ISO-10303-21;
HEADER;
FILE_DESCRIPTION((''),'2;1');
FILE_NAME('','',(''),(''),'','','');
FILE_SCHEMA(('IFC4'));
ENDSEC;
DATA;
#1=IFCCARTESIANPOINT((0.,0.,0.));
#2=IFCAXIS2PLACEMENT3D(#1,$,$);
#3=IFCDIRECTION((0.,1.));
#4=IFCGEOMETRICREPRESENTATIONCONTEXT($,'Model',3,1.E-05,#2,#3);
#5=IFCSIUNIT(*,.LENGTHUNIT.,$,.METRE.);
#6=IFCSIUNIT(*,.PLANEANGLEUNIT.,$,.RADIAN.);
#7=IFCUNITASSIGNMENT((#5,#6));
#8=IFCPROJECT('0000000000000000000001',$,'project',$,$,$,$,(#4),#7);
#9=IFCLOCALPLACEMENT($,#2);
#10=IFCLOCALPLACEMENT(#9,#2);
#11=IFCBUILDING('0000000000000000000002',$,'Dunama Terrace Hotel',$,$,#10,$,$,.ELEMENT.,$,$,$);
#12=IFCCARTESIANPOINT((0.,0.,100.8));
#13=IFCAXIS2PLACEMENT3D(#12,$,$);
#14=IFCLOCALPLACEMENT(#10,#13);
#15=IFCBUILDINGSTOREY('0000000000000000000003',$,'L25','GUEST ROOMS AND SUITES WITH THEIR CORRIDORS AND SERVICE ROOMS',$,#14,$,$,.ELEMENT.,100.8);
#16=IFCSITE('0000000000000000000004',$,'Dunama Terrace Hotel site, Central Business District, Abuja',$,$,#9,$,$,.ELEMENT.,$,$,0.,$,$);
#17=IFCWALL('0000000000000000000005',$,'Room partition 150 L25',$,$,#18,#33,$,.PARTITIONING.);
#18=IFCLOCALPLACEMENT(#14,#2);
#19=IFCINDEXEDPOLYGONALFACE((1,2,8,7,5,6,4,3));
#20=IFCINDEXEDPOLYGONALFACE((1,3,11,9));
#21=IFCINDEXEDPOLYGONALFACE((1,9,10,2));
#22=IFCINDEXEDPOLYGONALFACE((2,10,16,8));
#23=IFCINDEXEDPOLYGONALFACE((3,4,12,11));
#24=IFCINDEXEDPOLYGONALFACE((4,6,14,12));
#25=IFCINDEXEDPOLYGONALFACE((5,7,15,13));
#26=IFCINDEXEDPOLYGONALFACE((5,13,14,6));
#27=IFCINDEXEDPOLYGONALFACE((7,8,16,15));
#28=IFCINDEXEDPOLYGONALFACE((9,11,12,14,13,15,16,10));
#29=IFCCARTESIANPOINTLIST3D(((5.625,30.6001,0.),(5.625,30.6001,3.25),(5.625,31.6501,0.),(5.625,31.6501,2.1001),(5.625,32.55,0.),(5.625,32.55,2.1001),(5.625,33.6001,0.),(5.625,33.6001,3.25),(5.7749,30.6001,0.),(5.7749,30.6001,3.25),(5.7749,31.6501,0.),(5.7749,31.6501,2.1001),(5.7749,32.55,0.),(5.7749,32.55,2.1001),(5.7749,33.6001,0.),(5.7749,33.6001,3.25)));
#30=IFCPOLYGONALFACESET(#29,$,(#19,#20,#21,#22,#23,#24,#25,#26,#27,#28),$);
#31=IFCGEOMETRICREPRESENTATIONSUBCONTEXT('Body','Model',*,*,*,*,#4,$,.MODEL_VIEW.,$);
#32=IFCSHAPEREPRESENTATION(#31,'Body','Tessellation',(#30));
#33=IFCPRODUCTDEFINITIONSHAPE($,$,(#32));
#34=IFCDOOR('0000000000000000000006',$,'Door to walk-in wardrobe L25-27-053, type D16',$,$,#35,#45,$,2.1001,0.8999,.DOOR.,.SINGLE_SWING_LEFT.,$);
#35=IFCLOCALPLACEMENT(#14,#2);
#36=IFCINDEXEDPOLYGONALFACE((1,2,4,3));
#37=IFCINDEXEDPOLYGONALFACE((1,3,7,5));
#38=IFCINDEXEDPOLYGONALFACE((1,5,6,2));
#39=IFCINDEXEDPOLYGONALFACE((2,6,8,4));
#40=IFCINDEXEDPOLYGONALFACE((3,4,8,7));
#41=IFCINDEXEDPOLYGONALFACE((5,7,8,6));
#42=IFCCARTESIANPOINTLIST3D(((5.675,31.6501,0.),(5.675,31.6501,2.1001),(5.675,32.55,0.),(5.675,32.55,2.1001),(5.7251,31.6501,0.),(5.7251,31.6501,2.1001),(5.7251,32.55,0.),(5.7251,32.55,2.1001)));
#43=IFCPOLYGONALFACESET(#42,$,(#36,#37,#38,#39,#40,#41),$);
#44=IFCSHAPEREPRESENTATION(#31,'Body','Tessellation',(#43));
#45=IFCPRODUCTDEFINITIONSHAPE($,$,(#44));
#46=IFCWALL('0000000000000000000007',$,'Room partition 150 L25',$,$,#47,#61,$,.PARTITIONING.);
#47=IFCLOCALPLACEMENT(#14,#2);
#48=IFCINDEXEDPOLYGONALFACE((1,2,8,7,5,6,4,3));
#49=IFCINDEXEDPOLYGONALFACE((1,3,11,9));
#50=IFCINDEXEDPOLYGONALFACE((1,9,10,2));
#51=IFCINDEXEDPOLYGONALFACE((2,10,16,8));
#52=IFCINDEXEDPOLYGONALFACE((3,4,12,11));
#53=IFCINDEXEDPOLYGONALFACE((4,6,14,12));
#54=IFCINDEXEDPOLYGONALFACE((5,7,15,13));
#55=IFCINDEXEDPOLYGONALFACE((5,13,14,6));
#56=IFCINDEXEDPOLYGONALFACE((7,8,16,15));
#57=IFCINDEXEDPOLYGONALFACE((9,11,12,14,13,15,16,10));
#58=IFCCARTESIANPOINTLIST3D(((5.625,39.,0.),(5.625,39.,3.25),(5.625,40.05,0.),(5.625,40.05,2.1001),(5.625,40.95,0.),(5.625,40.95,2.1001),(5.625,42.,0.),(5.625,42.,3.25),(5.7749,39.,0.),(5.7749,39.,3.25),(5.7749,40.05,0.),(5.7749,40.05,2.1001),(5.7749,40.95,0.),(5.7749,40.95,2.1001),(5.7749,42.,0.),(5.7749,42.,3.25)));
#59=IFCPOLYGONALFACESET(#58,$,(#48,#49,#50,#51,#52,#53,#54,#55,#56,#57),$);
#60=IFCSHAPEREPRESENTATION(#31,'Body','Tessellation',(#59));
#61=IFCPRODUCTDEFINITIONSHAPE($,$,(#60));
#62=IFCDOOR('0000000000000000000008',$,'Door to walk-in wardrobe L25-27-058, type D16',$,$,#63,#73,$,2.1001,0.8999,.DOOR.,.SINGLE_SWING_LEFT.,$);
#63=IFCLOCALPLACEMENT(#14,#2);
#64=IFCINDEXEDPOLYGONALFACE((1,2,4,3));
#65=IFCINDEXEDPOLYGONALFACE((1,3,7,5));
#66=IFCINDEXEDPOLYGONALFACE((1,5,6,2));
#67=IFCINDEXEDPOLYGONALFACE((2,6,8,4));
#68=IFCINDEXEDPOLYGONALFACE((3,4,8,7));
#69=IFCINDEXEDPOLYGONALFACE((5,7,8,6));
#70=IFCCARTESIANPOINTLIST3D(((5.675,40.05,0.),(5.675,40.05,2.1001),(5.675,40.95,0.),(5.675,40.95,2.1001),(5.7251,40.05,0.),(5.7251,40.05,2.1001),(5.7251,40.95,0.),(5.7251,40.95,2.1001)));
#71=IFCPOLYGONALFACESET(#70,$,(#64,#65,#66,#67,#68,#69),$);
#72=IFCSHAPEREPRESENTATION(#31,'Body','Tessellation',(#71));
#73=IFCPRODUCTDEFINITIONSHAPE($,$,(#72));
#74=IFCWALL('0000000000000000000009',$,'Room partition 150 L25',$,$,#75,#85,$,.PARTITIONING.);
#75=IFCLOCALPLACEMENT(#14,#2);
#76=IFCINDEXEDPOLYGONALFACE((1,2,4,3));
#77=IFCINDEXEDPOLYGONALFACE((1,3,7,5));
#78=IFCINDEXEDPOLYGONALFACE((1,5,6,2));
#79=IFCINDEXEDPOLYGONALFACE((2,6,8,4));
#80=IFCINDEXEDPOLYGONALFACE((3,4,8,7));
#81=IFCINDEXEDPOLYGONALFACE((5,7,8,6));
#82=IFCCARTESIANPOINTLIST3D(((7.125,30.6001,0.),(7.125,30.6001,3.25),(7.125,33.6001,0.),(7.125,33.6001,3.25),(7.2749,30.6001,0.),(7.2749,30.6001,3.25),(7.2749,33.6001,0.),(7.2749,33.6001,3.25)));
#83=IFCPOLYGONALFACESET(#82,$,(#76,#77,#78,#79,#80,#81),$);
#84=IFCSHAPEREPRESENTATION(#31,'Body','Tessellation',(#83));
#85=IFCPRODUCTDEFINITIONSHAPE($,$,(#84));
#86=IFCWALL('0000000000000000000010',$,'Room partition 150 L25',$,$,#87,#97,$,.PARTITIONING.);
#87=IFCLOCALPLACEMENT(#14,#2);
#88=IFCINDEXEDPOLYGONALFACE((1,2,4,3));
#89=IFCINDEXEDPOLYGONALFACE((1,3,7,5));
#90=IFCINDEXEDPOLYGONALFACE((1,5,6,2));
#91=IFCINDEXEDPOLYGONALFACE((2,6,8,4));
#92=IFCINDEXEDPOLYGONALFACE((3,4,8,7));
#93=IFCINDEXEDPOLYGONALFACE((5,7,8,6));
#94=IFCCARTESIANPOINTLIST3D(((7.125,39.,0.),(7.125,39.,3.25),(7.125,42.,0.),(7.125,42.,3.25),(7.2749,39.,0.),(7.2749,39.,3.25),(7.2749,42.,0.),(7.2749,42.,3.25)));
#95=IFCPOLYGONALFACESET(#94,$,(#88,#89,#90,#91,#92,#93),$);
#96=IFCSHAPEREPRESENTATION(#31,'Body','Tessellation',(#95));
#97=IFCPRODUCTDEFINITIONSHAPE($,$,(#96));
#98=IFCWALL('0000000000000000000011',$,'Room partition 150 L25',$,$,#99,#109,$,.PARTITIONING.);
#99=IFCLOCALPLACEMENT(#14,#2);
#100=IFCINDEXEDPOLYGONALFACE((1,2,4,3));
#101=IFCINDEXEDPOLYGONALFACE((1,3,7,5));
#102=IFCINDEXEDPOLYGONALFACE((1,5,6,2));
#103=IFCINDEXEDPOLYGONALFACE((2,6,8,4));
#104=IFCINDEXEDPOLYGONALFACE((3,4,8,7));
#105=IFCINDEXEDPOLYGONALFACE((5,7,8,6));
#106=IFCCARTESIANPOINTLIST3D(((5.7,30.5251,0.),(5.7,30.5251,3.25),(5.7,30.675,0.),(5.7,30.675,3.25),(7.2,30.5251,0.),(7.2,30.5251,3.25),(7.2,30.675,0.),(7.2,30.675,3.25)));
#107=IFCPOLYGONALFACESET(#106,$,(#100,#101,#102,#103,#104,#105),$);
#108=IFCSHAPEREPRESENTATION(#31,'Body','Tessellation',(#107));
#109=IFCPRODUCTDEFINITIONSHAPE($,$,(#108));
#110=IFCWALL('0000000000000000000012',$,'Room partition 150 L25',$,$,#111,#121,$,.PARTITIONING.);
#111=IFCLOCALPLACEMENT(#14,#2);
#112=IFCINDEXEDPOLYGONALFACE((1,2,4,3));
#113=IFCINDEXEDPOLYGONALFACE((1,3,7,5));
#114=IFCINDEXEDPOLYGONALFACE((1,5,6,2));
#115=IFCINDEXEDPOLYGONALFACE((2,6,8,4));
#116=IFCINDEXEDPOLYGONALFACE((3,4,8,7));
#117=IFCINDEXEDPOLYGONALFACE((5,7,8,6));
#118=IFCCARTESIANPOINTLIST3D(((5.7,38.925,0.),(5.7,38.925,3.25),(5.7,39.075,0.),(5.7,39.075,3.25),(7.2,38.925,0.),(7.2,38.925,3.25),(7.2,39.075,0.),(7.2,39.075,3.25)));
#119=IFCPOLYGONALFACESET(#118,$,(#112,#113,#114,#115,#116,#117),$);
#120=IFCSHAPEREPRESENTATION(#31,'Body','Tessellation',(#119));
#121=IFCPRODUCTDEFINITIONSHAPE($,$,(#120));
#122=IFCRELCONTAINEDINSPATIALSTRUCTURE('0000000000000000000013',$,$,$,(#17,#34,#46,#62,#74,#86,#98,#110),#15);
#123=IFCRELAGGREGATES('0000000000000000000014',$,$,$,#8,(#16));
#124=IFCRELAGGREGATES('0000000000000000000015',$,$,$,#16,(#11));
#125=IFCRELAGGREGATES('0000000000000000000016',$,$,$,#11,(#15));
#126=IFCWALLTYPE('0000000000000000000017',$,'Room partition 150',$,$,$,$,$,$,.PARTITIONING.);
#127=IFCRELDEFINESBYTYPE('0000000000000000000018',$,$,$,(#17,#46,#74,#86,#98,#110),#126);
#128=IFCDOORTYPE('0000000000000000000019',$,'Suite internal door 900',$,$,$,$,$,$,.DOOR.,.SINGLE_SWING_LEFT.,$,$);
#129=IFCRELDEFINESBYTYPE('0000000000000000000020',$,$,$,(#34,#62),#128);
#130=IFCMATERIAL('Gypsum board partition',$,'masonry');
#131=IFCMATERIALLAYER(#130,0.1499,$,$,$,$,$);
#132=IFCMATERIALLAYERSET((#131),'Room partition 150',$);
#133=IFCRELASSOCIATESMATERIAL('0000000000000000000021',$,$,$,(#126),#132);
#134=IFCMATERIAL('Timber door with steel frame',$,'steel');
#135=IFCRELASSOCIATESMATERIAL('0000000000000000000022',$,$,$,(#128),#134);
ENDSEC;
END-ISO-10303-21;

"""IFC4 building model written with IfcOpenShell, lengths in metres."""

from ifc_helpers import new_model, si_unit, direction, frame, frame_2d, origin, place, context, subcontext, project, spatial, rectangle, extrude, material, layer, layer_set, type_object, element, fill, save


model = new_model("IFC4")

# Units and contexts
model_context = context("Model", 3, precision=1e-05, world=origin(), true_north=direction((0.0, 1.0)))
body_context = subcontext(model_context, "Body", "Model", "MODEL_VIEW")
ifc_project = project(units=[si_unit("LENGTHUNIT", "METRE"), si_unit("PLANEANGLEUNIT", "RADIAN")], contexts=[model_context])

# Site, building, storey
site_placement = place(None, origin())
site = spatial("IfcSite", under=ifc_project, at=site_placement, Name="Dunama Terrace Hotel site, Central Business District, Abuja", CompositionType="ELEMENT", RefElevation=0.0)
building_placement = place(site_placement, origin())
building = spatial("IfcBuilding", under=site, at=building_placement, Name="Dunama Terrace Hotel", CompositionType="ELEMENT")
storey_placement = place(building_placement, frame((0.0, 0.0, 100.8)))
storey = spatial("IfcBuildingStorey", under=building, at=storey_placement, Name="L25", Description="GUEST ROOMS AND SUITES WITH THEIR CORRIDORS AND SERVICE ROOMS", CompositionType="ELEMENT", Elevation=100.8)

# Walls, openings, doors
ifc_material_1 = material(Name="Gypsum board partition", Category="masonry")
ifc_layer_1 = layer(ifc_material_1, 0.1499)
ifc_layer_set_1 = layer_set([ifc_layer_1], Name="Room partition 150")
wall_type_1 = type_object("IfcWallType", Name="Room partition 150", PredefinedType="PARTITIONING", material=ifc_layer_set_1)
wall_1_placement = place(storey_placement, frame((5.7, 30.6001, 0.0), z_axis=(0.0, 0.0, 1.0), x_axis=(0.0, 1.0, 0.0)))
wall_1 = element("IfcWall", 1, at=wall_1_placement, inside=storey, type_object=wall_type_1, Name="Room partition 150 L25", PredefinedType="PARTITIONING", context=body_context, shape_type="SweptSolid", body=[
    extrude(rectangle(XDim=3.0, YDim=0.1499, at=frame_2d((1.5, 0.0))), origin(), (0.0, 0.0, 1.0), 3.25),
])
opening_1_placement = place(wall_1_placement, frame((1.05, 0.0, 0.0)))
opening_1 = element("IfcOpeningElement", 2, at=opening_1_placement, cuts=wall_1, PredefinedType="OPENING", context=body_context, shape_type="SweptSolid", body=[
    extrude(rectangle(XDim=0.8999, YDim=2.1001, at=frame_2d((0.45, 1.05))), frame((0.0, 0.085, 0.0), z_axis=(0.0, -1.0, 0.0), x_axis=(1.0, 0.0, 0.0)), (0.0, 0.0, 1.0), 0.1699),
])
ifc_material_2 = material(Name="Timber door with steel frame", Category="steel")
door_type_1 = type_object("IfcDoorType", Name="Suite internal door 900", OperationType="SINGLE_SWING_LEFT", PredefinedType="DOOR", material=ifc_material_2)
door_1_placement = place(opening_1_placement, frame((0.8999, 0.0, 0.0), z_axis=(0.0, 0.0, 1.0), x_axis=(-1.0, 0.0, 0.0)))
door_1 = element("IfcDoor", 3, at=door_1_placement, inside=storey, type_object=door_type_1, Name="Door to walk-in wardrobe L25-27-053, type D16", OperationType="SINGLE_SWING_LEFT", OverallHeight=2.1001, OverallWidth=0.8999, PredefinedType="DOOR", context=body_context, shape_type="SweptSolid", body=[
    extrude(rectangle(XDim=0.8999, YDim=2.1001, at=frame_2d((0.45, 1.05))), frame((0.0, 0.0251, 0.0), z_axis=(0.0, -1.0, 0.0), x_axis=(1.0, 0.0, 0.0)), (0.0, 0.0, 1.0), 0.05),
])
fill(opening_1, door_1)
wall_2_placement = place(storey_placement, frame((5.7, 39.0, 0.0), z_axis=(0.0, 0.0, 1.0), x_axis=(0.0, 1.0, 0.0)))
wall_2 = element("IfcWall", 4, at=wall_2_placement, inside=storey, type_object=wall_type_1, Name="Room partition 150 L25", PredefinedType="PARTITIONING", context=body_context, shape_type="SweptSolid", body=[
    extrude(rectangle(XDim=3.0, YDim=0.1499, at=frame_2d((1.5, 0.0))), origin(), (0.0, 0.0, 1.0), 3.25),
])
opening_2_placement = place(wall_2_placement, frame((1.05, 0.0, 0.0)))
opening_2 = element("IfcOpeningElement", 5, at=opening_2_placement, cuts=wall_2, PredefinedType="OPENING", context=body_context, shape_type="SweptSolid", body=[
    extrude(rectangle(XDim=0.8999, YDim=2.1001, at=frame_2d((0.45, 1.05))), frame((0.0, 0.085, 0.0), z_axis=(0.0, -1.0, 0.0), x_axis=(1.0, 0.0, 0.0)), (0.0, 0.0, 1.0), 0.1699),
])
door_2_placement = place(opening_2_placement, frame((0.8999, 0.0, 0.0), z_axis=(0.0, 0.0, 1.0), x_axis=(-1.0, 0.0, 0.0)))
door_2 = element("IfcDoor", 6, at=door_2_placement, inside=storey, type_object=door_type_1, Name="Door to walk-in wardrobe L25-27-058, type D16", OperationType="SINGLE_SWING_LEFT", OverallHeight=2.1001, OverallWidth=0.8999, PredefinedType="DOOR", context=body_context, shape_type="SweptSolid", body=[
    extrude(rectangle(XDim=0.8999, YDim=2.1001, at=frame_2d((0.45, 1.05))), frame((0.0, 0.0251, 0.0), z_axis=(0.0, -1.0, 0.0), x_axis=(1.0, 0.0, 0.0)), (0.0, 0.0, 1.0), 0.05),
])
fill(opening_2, door_2)

# Walls
for number, where, z_axis, x_axis, name in (
    (7, (7.2, 30.6001, 0.0), (0.0, 0.0, 1.0), (0.0, 1.0, 0.0), "Room partition 150 L25"),
    (8, (7.2, 39.0, 0.0), (0.0, 0.0, 1.0), (0.0, 1.0, 0.0), "Room partition 150 L25"),
):
    element("IfcWall", number, at=place(storey_placement, frame(where, z_axis=z_axis, x_axis=x_axis)), inside=storey, type_object=wall_type_1, Name=name, PredefinedType="PARTITIONING", context=body_context, shape_type="SweptSolid", body=[
        extrude(rectangle(XDim=3.0, YDim=0.1499, at=frame_2d((1.5, 0.0))), origin(), (0.0, 0.0, 1.0), 3.25),
    ])
for number, where, z_axis, x_axis, name in (
    (9, (5.7, 30.6001, 0.0), (0.0, 0.0, 1.0), (1.0, 0.0, 0.0), "Room partition 150 L25"),
    (10, (5.7, 39.0, 0.0), (0.0, 0.0, 1.0), (1.0, 0.0, 0.0), "Room partition 150 L25"),
):
    element("IfcWall", number, at=place(storey_placement, frame(where, z_axis=z_axis, x_axis=x_axis)), inside=storey, type_object=wall_type_1, Name=name, PredefinedType="PARTITIONING", context=body_context, shape_type="SweptSolid", body=[
        extrude(rectangle(XDim=1.5, YDim=0.1499, at=frame_2d((0.75, 0.0))), origin(), (0.0, 0.0, 1.0), 3.25),
    ])

save(model, "model.ifc")
